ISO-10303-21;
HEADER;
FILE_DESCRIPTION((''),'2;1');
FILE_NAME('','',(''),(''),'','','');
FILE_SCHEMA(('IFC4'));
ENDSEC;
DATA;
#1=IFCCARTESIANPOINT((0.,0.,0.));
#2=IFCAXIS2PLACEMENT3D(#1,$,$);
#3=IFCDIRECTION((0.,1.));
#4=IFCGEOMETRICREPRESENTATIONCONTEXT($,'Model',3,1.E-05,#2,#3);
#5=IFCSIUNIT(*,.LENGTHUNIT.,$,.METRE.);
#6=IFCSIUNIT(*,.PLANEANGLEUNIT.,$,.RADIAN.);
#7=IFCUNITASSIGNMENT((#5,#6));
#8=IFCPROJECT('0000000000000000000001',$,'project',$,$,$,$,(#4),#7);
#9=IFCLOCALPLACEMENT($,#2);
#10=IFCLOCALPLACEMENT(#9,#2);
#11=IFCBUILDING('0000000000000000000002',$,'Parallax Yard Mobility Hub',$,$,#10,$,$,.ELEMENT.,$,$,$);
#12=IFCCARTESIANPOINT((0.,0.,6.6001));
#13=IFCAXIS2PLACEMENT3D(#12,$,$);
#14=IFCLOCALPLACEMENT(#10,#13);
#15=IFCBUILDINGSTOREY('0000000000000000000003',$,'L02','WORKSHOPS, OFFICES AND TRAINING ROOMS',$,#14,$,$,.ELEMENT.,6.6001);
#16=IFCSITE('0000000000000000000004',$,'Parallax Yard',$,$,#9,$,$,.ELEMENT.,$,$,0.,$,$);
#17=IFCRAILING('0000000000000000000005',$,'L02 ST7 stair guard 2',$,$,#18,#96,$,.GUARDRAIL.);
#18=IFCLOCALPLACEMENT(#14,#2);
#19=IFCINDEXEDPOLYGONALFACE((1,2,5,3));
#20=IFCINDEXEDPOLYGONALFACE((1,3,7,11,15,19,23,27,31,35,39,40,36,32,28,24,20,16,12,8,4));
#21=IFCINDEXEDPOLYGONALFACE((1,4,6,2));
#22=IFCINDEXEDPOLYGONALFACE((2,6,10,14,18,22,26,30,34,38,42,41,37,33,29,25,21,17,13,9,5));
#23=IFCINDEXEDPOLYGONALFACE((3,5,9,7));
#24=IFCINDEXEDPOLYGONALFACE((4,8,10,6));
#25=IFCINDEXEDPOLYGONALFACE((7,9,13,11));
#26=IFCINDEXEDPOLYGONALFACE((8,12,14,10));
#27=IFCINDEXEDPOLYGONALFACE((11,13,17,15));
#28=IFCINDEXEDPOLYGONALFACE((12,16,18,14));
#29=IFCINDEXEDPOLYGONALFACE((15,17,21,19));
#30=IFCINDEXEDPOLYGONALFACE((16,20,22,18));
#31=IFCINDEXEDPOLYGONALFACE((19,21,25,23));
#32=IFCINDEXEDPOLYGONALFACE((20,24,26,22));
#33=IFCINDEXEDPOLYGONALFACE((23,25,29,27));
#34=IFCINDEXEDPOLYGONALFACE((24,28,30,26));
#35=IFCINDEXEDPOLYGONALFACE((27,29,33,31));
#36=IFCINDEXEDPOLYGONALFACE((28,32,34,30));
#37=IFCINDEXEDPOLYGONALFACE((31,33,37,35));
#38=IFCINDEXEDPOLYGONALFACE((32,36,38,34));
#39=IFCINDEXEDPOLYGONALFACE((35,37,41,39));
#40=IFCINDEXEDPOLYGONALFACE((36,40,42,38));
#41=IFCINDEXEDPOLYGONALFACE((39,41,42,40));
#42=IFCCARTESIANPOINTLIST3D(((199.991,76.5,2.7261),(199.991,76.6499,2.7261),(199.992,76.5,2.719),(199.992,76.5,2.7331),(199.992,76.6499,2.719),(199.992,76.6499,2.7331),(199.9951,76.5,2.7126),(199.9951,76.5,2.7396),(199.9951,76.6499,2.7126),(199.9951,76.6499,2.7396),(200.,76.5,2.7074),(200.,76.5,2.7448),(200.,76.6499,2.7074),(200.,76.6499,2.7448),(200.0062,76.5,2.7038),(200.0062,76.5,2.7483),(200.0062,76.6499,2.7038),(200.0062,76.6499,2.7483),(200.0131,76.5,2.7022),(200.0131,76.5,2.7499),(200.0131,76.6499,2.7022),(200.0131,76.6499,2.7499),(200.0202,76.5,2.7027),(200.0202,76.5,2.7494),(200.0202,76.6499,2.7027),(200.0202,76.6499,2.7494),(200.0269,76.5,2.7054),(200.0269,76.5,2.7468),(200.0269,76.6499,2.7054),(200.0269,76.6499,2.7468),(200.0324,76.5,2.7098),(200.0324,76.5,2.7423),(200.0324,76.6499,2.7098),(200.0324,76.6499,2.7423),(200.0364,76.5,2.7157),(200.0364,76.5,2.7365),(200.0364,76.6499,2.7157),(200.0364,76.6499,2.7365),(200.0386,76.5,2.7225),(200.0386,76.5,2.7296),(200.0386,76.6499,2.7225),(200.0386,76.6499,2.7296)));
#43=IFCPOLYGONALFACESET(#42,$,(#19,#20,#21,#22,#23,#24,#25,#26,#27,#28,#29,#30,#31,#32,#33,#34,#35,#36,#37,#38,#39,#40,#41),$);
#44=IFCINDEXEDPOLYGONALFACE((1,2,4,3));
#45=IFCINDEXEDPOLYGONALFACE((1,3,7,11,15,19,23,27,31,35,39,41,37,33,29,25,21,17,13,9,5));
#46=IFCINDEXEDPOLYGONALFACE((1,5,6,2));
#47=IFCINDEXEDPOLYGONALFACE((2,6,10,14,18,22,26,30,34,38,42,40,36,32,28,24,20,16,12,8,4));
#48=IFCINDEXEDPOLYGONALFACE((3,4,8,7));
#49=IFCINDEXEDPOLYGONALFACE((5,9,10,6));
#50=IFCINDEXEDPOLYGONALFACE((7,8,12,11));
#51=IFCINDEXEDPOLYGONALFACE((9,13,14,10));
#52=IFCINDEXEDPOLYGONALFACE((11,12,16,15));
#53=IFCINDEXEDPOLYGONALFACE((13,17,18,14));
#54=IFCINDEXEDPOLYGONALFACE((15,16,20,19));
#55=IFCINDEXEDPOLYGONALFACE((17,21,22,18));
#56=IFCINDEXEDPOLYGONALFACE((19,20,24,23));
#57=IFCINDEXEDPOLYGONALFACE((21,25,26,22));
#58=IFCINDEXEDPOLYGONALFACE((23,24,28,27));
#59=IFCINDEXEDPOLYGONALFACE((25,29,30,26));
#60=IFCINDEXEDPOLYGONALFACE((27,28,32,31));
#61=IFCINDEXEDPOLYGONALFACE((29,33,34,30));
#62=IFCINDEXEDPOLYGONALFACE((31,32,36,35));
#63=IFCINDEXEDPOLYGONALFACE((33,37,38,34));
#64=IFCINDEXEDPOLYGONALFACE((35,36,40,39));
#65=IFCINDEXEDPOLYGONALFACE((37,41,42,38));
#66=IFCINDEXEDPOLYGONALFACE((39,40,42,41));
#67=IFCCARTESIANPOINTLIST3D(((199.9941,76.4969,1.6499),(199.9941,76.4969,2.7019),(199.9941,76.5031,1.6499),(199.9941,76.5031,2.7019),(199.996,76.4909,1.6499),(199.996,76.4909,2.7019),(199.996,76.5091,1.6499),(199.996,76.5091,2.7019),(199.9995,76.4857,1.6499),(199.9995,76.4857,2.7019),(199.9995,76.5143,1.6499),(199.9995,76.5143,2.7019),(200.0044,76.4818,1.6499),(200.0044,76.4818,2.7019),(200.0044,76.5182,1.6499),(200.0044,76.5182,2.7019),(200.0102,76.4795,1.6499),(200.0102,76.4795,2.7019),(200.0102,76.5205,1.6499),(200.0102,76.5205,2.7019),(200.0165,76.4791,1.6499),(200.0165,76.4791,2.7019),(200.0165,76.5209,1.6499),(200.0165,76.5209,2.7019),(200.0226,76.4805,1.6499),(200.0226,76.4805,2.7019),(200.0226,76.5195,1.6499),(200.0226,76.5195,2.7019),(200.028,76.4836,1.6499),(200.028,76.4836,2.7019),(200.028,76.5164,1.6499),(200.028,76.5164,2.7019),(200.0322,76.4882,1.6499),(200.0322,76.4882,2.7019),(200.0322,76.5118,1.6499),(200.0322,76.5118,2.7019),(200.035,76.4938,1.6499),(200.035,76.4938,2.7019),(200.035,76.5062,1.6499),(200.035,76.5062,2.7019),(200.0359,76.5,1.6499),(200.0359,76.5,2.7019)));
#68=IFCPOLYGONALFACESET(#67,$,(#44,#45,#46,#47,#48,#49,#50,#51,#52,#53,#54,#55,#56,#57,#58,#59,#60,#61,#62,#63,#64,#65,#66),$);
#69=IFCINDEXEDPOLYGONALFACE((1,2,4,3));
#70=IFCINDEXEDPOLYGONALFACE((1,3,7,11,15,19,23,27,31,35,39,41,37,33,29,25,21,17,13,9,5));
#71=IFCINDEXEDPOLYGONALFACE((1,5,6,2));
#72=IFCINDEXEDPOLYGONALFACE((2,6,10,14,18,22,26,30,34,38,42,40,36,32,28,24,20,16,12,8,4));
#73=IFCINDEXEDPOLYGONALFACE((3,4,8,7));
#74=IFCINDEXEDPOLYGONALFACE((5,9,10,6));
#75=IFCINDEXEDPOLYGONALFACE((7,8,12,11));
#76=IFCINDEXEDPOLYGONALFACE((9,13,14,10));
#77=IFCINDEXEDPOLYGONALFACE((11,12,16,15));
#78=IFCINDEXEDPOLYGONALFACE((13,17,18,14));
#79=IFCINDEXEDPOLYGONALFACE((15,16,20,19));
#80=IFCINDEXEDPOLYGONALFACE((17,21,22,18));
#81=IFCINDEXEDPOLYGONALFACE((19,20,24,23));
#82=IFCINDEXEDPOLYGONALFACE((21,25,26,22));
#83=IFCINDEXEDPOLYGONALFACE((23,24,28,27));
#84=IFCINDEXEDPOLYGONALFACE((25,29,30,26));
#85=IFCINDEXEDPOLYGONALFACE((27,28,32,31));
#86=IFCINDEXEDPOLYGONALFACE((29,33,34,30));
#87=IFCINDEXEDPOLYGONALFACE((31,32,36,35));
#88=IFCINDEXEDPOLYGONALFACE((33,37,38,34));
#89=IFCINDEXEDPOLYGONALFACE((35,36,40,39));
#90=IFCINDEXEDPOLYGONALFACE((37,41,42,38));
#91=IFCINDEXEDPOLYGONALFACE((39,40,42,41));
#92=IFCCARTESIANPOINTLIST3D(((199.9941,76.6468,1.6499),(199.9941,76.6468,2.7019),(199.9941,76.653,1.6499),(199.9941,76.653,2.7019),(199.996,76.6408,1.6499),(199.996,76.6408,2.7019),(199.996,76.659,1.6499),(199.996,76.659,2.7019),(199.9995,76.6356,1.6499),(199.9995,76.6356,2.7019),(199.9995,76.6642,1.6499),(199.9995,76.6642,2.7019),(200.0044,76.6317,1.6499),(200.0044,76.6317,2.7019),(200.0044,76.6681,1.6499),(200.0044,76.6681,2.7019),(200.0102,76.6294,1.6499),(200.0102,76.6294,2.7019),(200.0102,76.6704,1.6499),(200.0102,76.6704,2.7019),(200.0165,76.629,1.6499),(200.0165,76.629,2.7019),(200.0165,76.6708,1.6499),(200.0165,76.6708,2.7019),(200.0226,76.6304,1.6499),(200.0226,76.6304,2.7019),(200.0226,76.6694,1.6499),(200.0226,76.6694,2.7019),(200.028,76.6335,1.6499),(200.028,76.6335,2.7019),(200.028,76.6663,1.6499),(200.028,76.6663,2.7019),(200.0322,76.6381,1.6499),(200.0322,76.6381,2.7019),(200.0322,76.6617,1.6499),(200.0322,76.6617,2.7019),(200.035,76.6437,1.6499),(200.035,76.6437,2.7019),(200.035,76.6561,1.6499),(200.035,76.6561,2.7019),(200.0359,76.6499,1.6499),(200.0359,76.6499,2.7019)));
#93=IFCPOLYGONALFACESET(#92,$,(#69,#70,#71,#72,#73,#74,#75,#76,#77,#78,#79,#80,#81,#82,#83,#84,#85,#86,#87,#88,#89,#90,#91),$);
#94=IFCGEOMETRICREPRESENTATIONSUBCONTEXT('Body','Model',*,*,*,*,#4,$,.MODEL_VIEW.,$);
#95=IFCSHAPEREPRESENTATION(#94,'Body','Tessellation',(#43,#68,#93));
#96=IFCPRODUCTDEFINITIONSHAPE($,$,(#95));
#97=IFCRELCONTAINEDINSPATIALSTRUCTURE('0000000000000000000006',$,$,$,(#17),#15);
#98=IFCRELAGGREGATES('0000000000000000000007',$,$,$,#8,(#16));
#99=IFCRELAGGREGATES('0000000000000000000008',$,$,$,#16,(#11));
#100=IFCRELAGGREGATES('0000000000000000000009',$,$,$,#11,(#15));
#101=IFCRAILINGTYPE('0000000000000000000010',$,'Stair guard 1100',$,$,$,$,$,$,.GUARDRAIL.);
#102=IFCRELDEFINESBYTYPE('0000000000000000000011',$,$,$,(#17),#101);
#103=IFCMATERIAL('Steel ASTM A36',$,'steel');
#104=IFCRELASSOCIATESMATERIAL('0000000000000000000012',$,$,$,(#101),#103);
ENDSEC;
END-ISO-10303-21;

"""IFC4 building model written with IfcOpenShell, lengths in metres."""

from ifc_helpers import new_model, si_unit, direction, frame, origin, origin_2d, place, context, subcontext, project, spatial, circle, extrude, material, type_object, element, save


model = new_model("IFC4")

# Units and contexts
model_context = context("Model", 3, precision=1e-05, world=origin(), true_north=direction((0.0, 1.0)))
body_context = subcontext(model_context, "Body", "Model", "MODEL_VIEW")
ifc_project = project(units=[si_unit("LENGTHUNIT", "METRE"), si_unit("PLANEANGLEUNIT", "RADIAN")], contexts=[model_context])

# Site, building, storey
site_placement = place(None, origin())
site = spatial("IfcSite", under=ifc_project, at=site_placement, Name="Parallax Yard", CompositionType="ELEMENT", RefElevation=0.0)
building_placement = place(site_placement, origin())
building = spatial("IfcBuilding", under=site, at=building_placement, Name="Parallax Yard Mobility Hub", CompositionType="ELEMENT")
storey_placement = place(building_placement, frame((0.0, 0.0, 6.6001)))
storey = spatial("IfcBuildingStorey", under=building, at=storey_placement, Name="L02", Description="WORKSHOPS, OFFICES AND TRAINING ROOMS", CompositionType="ELEMENT", Elevation=6.6001)

# Railing
ifc_material_1 = material(Name="Steel ASTM A36", Category="steel")
railing_type_1 = type_object("IfcRailingType", Name="Stair guard 1100", PredefinedType="GUARDRAIL", material=ifc_material_1)
railing_1_placement = place(storey_placement, frame((200.0149, 76.5, 1.6499)))
element("IfcRailing", 1, at=railing_1_placement, inside=storey, type_object=railing_type_1, Name="L02 ST7 stair guard 2", PredefinedType="GUARDRAIL", context=body_context, shape_type="SweptSolid", body=[
    extrude(circle(Radius=0.0239, at=origin_2d()), frame((0.0, 0.0, 1.0762), z_axis=(0.0, 1.0, 0.0), x_axis=(-1.0, 0.0, 0.0)), (0.0, 0.0, 1.0), 0.1499),
    extrude(circle(Radius=0.021, at=origin_2d()), origin(), (0.0, 0.0, 1.0), 1.052),
    extrude(circle(Radius=0.021, at=origin_2d()), frame((0.0, 0.1499, 0.0)), (0.0, 0.0, 1.0), 1.052),
])

save(model, "model.ifc")
